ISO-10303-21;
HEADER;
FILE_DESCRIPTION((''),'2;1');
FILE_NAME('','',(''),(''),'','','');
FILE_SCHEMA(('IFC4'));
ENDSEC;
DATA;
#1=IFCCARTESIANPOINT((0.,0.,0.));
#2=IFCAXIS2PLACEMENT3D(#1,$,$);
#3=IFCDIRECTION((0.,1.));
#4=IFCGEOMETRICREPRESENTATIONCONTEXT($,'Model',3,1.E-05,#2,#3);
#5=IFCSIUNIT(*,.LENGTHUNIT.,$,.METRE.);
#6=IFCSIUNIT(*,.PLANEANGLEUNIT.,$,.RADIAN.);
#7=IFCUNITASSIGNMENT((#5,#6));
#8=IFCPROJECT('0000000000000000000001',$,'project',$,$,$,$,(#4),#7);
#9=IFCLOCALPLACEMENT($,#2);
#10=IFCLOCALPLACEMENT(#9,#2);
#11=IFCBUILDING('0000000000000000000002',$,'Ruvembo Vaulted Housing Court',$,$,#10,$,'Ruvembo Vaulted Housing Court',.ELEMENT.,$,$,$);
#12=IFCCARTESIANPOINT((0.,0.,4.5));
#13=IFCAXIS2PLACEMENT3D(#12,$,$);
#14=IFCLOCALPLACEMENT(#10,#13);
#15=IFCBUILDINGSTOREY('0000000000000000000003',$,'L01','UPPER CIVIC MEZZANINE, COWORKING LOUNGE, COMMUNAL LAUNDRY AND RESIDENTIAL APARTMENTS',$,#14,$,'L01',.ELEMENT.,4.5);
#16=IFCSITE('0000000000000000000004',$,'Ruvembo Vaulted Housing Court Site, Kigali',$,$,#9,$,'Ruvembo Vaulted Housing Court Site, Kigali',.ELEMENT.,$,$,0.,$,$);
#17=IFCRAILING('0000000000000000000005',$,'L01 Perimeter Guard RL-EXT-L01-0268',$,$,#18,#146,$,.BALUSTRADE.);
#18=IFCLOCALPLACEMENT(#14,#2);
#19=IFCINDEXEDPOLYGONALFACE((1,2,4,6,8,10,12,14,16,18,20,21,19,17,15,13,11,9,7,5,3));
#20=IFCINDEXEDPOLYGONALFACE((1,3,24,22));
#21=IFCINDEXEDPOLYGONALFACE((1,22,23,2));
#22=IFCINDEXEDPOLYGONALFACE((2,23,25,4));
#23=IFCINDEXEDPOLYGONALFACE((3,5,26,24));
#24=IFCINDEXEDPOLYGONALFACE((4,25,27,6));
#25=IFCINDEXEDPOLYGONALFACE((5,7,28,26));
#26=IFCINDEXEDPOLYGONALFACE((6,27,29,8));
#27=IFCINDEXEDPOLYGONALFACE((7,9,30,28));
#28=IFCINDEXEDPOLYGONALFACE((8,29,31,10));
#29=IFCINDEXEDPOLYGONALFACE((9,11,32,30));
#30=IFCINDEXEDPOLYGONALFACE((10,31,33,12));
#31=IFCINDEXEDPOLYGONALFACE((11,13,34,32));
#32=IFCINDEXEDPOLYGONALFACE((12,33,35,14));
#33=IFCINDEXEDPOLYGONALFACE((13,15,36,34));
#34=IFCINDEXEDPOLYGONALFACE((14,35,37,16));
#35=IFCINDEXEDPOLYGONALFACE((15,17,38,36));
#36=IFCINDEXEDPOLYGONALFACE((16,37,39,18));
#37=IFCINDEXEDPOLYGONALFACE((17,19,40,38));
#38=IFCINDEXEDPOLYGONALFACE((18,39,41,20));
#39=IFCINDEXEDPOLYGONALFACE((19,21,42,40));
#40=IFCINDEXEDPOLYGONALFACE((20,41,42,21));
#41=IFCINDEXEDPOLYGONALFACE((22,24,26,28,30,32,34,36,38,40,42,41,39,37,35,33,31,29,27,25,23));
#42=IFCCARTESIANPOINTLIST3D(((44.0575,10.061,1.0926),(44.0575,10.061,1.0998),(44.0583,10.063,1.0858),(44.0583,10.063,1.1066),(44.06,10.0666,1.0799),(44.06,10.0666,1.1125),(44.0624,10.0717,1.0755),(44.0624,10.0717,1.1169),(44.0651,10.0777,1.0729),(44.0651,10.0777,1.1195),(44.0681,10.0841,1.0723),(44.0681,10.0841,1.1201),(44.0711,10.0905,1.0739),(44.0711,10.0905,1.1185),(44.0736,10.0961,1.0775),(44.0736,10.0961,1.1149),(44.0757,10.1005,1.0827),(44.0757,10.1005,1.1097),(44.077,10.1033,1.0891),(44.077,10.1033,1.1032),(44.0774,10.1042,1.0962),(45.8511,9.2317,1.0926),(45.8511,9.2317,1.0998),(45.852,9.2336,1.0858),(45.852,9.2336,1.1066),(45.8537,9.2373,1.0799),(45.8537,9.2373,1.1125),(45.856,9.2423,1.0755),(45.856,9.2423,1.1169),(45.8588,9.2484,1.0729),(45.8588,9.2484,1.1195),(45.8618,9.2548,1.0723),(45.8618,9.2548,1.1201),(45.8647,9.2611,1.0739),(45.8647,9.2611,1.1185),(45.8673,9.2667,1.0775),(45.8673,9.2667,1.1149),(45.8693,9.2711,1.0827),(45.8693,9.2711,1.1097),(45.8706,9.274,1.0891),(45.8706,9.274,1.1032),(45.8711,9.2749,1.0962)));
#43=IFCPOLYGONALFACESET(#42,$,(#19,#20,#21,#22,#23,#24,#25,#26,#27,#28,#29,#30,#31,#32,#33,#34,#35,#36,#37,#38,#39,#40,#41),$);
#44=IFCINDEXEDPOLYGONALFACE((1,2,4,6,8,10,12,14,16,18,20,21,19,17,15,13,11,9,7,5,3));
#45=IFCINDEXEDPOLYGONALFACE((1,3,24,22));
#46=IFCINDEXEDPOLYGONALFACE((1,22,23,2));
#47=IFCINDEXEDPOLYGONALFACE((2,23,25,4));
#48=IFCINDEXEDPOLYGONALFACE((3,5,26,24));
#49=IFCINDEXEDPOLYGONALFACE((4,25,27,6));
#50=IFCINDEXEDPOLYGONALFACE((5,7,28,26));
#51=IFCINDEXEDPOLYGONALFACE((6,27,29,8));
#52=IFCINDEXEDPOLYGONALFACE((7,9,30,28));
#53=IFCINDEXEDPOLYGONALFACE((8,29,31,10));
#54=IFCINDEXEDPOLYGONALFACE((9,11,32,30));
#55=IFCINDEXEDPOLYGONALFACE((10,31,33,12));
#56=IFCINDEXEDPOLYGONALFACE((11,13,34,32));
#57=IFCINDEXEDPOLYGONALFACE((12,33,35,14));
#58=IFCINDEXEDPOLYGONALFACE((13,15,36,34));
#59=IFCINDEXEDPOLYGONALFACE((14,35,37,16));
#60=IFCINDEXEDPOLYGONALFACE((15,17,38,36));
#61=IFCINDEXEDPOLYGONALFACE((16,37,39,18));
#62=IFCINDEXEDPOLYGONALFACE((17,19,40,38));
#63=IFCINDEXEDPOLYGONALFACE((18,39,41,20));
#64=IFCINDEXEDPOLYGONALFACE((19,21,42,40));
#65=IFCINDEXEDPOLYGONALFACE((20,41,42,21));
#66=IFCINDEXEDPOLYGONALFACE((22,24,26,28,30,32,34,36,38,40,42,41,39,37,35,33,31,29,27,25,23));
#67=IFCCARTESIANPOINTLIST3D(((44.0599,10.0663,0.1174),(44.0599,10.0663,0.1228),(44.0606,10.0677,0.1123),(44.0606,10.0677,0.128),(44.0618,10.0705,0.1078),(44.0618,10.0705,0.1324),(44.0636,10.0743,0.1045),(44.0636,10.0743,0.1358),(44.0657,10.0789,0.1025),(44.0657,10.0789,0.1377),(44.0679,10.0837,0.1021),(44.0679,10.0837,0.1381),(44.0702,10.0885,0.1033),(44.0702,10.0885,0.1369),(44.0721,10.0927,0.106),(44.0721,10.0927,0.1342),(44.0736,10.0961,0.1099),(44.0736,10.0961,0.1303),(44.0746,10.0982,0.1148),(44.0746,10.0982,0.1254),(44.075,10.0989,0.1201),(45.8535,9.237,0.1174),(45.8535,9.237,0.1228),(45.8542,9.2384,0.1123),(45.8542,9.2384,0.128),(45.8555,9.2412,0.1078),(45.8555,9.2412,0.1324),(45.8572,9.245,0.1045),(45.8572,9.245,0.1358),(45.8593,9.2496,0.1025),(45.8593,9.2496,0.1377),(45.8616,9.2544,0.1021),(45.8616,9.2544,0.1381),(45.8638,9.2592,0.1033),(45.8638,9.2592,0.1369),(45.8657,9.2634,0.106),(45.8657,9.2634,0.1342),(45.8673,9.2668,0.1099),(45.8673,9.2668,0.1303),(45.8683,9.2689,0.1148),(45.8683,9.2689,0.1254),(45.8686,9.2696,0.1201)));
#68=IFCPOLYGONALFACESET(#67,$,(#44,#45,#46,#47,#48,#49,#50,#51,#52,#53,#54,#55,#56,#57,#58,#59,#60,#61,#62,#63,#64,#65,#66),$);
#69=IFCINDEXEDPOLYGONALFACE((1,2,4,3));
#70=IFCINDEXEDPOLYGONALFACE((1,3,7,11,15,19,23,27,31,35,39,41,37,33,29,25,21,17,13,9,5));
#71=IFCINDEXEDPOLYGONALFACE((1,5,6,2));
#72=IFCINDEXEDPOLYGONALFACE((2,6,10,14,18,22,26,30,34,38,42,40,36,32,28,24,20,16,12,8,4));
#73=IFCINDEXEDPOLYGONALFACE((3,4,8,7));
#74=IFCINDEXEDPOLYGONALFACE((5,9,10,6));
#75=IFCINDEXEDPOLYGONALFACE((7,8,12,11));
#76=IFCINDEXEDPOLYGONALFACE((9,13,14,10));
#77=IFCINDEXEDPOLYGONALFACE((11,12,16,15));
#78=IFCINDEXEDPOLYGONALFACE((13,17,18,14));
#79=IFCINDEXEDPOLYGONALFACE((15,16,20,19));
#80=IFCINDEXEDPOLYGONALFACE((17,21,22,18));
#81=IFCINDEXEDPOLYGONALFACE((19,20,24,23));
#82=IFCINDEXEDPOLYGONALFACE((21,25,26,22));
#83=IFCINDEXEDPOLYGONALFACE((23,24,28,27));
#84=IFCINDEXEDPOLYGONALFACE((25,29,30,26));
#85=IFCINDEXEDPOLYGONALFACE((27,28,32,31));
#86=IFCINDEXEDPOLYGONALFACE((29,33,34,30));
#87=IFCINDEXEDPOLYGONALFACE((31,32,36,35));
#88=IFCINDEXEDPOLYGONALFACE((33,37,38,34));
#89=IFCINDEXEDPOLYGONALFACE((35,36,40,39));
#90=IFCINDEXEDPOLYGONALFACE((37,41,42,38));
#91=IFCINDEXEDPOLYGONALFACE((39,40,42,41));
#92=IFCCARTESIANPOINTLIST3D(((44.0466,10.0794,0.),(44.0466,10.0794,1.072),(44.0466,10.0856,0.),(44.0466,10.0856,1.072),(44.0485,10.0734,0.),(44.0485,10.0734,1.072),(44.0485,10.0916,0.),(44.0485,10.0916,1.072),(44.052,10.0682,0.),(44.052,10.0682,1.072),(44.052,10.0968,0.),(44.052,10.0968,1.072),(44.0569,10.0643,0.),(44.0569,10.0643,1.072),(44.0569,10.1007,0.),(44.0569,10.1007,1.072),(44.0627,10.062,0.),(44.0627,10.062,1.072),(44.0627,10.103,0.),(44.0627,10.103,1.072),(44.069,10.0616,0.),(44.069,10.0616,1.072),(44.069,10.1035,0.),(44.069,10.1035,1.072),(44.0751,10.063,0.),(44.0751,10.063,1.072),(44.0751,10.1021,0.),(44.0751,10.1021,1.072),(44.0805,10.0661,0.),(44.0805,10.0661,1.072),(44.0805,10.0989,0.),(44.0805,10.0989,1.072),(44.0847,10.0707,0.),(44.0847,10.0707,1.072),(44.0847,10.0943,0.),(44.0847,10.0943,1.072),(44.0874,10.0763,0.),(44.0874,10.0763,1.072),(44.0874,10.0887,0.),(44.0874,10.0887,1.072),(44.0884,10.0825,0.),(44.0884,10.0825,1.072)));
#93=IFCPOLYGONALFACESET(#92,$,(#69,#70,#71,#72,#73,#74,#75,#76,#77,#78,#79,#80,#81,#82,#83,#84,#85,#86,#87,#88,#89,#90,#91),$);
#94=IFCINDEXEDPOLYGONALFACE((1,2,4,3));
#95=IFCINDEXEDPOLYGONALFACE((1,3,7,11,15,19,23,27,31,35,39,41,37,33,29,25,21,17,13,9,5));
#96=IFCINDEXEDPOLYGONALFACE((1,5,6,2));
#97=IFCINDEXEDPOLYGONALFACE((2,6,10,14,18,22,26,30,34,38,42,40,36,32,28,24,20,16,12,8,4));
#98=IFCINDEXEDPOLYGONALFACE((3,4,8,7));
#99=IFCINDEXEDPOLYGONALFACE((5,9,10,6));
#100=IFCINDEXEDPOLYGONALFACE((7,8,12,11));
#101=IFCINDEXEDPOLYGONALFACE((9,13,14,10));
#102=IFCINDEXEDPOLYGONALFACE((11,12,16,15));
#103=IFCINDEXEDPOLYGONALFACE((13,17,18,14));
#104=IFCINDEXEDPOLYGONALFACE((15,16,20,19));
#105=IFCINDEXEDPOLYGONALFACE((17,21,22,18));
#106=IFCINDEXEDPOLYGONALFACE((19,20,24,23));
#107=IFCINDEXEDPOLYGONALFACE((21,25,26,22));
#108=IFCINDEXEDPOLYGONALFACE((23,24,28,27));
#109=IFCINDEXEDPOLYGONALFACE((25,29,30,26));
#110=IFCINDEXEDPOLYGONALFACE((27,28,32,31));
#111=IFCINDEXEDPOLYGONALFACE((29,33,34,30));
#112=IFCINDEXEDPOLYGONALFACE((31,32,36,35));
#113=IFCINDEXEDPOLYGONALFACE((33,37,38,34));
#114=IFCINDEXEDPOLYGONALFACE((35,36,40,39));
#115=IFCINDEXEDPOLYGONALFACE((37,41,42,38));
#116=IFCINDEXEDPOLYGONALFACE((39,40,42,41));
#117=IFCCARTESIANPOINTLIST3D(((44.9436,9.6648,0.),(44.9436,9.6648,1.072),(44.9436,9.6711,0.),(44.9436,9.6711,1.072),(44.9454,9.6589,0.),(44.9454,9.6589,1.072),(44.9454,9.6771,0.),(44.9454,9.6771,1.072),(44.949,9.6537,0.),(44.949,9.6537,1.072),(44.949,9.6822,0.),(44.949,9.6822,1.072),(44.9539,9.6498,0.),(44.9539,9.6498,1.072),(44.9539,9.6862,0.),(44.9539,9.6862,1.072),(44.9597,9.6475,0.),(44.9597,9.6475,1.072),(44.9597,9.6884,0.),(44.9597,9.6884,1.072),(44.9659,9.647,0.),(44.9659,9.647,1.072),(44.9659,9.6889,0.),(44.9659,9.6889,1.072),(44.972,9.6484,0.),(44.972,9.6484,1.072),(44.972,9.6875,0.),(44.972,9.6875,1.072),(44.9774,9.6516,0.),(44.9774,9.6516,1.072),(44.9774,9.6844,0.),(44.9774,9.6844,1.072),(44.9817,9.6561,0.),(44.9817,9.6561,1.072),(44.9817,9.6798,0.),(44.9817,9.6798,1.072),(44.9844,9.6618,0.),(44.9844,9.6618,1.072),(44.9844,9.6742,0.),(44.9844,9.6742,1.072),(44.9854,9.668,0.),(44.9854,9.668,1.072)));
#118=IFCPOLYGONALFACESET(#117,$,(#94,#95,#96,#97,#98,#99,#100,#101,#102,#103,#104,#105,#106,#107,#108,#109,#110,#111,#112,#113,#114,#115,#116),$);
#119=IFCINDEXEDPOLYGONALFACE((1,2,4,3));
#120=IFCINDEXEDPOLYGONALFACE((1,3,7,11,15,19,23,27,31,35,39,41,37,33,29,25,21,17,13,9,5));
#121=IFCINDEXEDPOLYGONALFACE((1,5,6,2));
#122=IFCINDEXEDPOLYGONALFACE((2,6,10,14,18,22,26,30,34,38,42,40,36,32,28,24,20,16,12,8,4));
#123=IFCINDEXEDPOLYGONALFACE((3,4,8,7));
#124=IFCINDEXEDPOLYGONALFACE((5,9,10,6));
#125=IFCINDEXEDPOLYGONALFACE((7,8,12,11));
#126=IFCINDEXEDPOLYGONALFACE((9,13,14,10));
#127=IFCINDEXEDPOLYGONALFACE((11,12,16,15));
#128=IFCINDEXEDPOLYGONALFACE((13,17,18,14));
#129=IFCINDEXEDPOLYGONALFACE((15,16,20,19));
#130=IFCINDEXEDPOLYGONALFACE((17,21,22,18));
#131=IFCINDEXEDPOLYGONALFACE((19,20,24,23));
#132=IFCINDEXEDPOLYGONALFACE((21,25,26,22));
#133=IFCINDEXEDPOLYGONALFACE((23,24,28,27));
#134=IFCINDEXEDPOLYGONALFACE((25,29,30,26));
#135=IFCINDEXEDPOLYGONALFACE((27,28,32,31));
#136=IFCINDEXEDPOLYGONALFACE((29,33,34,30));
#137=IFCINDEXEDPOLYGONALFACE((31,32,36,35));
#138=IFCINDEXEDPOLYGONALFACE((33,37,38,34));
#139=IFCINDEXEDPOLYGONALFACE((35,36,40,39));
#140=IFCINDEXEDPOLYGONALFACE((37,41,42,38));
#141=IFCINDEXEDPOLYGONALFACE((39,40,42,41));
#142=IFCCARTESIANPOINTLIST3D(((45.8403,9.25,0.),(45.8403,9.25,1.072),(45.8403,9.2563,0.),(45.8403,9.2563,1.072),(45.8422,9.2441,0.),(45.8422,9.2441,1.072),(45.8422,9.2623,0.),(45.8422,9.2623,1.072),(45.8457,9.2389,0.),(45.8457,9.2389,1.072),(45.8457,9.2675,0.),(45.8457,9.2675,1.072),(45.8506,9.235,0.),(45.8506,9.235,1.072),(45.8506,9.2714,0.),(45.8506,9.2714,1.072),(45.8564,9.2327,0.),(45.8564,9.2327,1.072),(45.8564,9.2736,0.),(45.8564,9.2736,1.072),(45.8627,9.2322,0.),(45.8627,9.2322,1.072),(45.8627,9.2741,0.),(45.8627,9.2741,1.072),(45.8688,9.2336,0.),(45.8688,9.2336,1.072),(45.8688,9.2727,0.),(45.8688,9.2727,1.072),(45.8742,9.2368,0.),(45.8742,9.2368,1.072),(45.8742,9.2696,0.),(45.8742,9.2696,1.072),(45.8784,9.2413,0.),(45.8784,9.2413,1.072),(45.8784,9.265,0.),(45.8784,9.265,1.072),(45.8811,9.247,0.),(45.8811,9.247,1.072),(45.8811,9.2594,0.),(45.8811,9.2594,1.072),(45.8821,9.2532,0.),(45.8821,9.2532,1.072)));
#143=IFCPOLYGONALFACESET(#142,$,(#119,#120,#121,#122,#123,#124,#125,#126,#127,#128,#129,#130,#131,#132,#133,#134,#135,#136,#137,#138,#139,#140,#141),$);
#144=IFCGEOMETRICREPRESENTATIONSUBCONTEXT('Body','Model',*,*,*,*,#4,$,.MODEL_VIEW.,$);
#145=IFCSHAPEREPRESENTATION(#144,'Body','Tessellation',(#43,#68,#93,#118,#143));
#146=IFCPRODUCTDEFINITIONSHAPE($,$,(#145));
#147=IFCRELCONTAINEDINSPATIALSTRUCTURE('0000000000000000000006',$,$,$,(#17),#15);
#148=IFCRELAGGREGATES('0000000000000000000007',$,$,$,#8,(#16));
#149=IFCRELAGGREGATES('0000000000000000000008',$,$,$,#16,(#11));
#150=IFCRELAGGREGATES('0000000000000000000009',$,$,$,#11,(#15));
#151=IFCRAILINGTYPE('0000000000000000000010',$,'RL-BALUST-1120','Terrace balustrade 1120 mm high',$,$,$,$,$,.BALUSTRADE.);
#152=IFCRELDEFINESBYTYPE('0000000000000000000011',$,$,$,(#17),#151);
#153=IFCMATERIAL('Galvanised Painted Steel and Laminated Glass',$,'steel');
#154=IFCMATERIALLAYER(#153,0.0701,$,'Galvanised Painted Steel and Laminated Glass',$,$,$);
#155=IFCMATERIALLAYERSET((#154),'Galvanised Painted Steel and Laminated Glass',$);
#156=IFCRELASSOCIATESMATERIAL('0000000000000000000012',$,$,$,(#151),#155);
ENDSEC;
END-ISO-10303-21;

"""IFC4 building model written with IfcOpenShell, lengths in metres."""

from ifc_helpers import new_model, si_unit, direction, frame, origin, origin_2d, place, context, subcontext, project, spatial, circle, extrude, material, layer, layer_set, type_object, element, save


model = new_model("IFC4")

# Units and contexts
model_context = context("Model", 3, precision=1e-05, world=origin(), true_north=direction((0.0, 1.0)))
body_context = subcontext(model_context, "Body", "Model", "MODEL_VIEW")
ifc_project = project(units=[si_unit("LENGTHUNIT", "METRE"), si_unit("PLANEANGLEUNIT", "RADIAN")], contexts=[model_context])

# Site, building, storey
site_placement = place(None, origin())
site = spatial("IfcSite", under=ifc_project, at=site_placement, Name="Ruvembo Vaulted Housing Court Site, Kigali", LongName="Ruvembo Vaulted Housing Court Site, Kigali", CompositionType="ELEMENT", RefElevation=0.0)
building_placement = place(site_placement, origin())
building = spatial("IfcBuilding", under=site, at=building_placement, Name="Ruvembo Vaulted Housing Court", LongName="Ruvembo Vaulted Housing Court", CompositionType="ELEMENT")
storey_placement = place(building_placement, frame((0.0, 0.0, 4.5)))
storey = spatial("IfcBuildingStorey", under=building, at=storey_placement, Name="L01", Description="UPPER CIVIC MEZZANINE, COWORKING LOUNGE, COMMUNAL LAUNDRY AND RESIDENTIAL APARTMENTS", LongName="L01", CompositionType="ELEMENT", Elevation=4.5)

# Railing
ifc_material_1 = material(Name="Galvanised Painted Steel and Laminated Glass", Category="steel")
ifc_layer_1 = layer(ifc_material_1, 0.0701, Name="Galvanised Painted Steel and Laminated Glass")
ifc_layer_set_1 = layer_set([ifc_layer_1], Name="Galvanised Painted Steel and Laminated Glass")
railing_type = type_object("IfcRailingType", Name="RL-BALUST-1120", Description="Terrace balustrade 1120 mm high", PredefinedType="BALUSTRADE", material=ifc_layer_set_1)
railing_1_placement = place(storey_placement, frame((44.0674, 10.0825, 0.0)))
element("IfcRailing", 1, at=railing_1_placement, inside=storey, type_object=railing_type, Name="L01 Perimeter Guard RL-EXT-L01-0268", PredefinedType="BALUSTRADE", context=body_context, shape_type="SweptSolid", body=[
    extrude(circle(Radius=0.0239, at=origin_2d()), frame((0.0, 0.0, 1.0962), z_axis=(0.907674, -0.419677, 0.0), x_axis=(0.419677, 0.907674, 0.0)), (0.0, 0.0, 1.0), 1.9761),
    extrude(circle(Radius=0.0181, at=origin_2d()), frame((0.0, 0.0, 0.1201), z_axis=(0.907674, -0.419677, 0.0), x_axis=(0.419677, 0.907674, 0.0)), (0.0, 0.0, 1.0), 1.9761),
    extrude(circle(Radius=0.021, at=origin_2d()), origin(), (0.0, 0.0, 1.0), 1.072),
    extrude(circle(Radius=0.021, at=origin_2d()), frame((0.897, -0.4146, 0.0)), (0.0, 0.0, 1.0), 1.072),
    extrude(circle(Radius=0.021, at=origin_2d()), frame((1.7937, -0.8293, 0.0)), (0.0, 0.0, 1.0), 1.072),
])

save(model, "model.ifc")
